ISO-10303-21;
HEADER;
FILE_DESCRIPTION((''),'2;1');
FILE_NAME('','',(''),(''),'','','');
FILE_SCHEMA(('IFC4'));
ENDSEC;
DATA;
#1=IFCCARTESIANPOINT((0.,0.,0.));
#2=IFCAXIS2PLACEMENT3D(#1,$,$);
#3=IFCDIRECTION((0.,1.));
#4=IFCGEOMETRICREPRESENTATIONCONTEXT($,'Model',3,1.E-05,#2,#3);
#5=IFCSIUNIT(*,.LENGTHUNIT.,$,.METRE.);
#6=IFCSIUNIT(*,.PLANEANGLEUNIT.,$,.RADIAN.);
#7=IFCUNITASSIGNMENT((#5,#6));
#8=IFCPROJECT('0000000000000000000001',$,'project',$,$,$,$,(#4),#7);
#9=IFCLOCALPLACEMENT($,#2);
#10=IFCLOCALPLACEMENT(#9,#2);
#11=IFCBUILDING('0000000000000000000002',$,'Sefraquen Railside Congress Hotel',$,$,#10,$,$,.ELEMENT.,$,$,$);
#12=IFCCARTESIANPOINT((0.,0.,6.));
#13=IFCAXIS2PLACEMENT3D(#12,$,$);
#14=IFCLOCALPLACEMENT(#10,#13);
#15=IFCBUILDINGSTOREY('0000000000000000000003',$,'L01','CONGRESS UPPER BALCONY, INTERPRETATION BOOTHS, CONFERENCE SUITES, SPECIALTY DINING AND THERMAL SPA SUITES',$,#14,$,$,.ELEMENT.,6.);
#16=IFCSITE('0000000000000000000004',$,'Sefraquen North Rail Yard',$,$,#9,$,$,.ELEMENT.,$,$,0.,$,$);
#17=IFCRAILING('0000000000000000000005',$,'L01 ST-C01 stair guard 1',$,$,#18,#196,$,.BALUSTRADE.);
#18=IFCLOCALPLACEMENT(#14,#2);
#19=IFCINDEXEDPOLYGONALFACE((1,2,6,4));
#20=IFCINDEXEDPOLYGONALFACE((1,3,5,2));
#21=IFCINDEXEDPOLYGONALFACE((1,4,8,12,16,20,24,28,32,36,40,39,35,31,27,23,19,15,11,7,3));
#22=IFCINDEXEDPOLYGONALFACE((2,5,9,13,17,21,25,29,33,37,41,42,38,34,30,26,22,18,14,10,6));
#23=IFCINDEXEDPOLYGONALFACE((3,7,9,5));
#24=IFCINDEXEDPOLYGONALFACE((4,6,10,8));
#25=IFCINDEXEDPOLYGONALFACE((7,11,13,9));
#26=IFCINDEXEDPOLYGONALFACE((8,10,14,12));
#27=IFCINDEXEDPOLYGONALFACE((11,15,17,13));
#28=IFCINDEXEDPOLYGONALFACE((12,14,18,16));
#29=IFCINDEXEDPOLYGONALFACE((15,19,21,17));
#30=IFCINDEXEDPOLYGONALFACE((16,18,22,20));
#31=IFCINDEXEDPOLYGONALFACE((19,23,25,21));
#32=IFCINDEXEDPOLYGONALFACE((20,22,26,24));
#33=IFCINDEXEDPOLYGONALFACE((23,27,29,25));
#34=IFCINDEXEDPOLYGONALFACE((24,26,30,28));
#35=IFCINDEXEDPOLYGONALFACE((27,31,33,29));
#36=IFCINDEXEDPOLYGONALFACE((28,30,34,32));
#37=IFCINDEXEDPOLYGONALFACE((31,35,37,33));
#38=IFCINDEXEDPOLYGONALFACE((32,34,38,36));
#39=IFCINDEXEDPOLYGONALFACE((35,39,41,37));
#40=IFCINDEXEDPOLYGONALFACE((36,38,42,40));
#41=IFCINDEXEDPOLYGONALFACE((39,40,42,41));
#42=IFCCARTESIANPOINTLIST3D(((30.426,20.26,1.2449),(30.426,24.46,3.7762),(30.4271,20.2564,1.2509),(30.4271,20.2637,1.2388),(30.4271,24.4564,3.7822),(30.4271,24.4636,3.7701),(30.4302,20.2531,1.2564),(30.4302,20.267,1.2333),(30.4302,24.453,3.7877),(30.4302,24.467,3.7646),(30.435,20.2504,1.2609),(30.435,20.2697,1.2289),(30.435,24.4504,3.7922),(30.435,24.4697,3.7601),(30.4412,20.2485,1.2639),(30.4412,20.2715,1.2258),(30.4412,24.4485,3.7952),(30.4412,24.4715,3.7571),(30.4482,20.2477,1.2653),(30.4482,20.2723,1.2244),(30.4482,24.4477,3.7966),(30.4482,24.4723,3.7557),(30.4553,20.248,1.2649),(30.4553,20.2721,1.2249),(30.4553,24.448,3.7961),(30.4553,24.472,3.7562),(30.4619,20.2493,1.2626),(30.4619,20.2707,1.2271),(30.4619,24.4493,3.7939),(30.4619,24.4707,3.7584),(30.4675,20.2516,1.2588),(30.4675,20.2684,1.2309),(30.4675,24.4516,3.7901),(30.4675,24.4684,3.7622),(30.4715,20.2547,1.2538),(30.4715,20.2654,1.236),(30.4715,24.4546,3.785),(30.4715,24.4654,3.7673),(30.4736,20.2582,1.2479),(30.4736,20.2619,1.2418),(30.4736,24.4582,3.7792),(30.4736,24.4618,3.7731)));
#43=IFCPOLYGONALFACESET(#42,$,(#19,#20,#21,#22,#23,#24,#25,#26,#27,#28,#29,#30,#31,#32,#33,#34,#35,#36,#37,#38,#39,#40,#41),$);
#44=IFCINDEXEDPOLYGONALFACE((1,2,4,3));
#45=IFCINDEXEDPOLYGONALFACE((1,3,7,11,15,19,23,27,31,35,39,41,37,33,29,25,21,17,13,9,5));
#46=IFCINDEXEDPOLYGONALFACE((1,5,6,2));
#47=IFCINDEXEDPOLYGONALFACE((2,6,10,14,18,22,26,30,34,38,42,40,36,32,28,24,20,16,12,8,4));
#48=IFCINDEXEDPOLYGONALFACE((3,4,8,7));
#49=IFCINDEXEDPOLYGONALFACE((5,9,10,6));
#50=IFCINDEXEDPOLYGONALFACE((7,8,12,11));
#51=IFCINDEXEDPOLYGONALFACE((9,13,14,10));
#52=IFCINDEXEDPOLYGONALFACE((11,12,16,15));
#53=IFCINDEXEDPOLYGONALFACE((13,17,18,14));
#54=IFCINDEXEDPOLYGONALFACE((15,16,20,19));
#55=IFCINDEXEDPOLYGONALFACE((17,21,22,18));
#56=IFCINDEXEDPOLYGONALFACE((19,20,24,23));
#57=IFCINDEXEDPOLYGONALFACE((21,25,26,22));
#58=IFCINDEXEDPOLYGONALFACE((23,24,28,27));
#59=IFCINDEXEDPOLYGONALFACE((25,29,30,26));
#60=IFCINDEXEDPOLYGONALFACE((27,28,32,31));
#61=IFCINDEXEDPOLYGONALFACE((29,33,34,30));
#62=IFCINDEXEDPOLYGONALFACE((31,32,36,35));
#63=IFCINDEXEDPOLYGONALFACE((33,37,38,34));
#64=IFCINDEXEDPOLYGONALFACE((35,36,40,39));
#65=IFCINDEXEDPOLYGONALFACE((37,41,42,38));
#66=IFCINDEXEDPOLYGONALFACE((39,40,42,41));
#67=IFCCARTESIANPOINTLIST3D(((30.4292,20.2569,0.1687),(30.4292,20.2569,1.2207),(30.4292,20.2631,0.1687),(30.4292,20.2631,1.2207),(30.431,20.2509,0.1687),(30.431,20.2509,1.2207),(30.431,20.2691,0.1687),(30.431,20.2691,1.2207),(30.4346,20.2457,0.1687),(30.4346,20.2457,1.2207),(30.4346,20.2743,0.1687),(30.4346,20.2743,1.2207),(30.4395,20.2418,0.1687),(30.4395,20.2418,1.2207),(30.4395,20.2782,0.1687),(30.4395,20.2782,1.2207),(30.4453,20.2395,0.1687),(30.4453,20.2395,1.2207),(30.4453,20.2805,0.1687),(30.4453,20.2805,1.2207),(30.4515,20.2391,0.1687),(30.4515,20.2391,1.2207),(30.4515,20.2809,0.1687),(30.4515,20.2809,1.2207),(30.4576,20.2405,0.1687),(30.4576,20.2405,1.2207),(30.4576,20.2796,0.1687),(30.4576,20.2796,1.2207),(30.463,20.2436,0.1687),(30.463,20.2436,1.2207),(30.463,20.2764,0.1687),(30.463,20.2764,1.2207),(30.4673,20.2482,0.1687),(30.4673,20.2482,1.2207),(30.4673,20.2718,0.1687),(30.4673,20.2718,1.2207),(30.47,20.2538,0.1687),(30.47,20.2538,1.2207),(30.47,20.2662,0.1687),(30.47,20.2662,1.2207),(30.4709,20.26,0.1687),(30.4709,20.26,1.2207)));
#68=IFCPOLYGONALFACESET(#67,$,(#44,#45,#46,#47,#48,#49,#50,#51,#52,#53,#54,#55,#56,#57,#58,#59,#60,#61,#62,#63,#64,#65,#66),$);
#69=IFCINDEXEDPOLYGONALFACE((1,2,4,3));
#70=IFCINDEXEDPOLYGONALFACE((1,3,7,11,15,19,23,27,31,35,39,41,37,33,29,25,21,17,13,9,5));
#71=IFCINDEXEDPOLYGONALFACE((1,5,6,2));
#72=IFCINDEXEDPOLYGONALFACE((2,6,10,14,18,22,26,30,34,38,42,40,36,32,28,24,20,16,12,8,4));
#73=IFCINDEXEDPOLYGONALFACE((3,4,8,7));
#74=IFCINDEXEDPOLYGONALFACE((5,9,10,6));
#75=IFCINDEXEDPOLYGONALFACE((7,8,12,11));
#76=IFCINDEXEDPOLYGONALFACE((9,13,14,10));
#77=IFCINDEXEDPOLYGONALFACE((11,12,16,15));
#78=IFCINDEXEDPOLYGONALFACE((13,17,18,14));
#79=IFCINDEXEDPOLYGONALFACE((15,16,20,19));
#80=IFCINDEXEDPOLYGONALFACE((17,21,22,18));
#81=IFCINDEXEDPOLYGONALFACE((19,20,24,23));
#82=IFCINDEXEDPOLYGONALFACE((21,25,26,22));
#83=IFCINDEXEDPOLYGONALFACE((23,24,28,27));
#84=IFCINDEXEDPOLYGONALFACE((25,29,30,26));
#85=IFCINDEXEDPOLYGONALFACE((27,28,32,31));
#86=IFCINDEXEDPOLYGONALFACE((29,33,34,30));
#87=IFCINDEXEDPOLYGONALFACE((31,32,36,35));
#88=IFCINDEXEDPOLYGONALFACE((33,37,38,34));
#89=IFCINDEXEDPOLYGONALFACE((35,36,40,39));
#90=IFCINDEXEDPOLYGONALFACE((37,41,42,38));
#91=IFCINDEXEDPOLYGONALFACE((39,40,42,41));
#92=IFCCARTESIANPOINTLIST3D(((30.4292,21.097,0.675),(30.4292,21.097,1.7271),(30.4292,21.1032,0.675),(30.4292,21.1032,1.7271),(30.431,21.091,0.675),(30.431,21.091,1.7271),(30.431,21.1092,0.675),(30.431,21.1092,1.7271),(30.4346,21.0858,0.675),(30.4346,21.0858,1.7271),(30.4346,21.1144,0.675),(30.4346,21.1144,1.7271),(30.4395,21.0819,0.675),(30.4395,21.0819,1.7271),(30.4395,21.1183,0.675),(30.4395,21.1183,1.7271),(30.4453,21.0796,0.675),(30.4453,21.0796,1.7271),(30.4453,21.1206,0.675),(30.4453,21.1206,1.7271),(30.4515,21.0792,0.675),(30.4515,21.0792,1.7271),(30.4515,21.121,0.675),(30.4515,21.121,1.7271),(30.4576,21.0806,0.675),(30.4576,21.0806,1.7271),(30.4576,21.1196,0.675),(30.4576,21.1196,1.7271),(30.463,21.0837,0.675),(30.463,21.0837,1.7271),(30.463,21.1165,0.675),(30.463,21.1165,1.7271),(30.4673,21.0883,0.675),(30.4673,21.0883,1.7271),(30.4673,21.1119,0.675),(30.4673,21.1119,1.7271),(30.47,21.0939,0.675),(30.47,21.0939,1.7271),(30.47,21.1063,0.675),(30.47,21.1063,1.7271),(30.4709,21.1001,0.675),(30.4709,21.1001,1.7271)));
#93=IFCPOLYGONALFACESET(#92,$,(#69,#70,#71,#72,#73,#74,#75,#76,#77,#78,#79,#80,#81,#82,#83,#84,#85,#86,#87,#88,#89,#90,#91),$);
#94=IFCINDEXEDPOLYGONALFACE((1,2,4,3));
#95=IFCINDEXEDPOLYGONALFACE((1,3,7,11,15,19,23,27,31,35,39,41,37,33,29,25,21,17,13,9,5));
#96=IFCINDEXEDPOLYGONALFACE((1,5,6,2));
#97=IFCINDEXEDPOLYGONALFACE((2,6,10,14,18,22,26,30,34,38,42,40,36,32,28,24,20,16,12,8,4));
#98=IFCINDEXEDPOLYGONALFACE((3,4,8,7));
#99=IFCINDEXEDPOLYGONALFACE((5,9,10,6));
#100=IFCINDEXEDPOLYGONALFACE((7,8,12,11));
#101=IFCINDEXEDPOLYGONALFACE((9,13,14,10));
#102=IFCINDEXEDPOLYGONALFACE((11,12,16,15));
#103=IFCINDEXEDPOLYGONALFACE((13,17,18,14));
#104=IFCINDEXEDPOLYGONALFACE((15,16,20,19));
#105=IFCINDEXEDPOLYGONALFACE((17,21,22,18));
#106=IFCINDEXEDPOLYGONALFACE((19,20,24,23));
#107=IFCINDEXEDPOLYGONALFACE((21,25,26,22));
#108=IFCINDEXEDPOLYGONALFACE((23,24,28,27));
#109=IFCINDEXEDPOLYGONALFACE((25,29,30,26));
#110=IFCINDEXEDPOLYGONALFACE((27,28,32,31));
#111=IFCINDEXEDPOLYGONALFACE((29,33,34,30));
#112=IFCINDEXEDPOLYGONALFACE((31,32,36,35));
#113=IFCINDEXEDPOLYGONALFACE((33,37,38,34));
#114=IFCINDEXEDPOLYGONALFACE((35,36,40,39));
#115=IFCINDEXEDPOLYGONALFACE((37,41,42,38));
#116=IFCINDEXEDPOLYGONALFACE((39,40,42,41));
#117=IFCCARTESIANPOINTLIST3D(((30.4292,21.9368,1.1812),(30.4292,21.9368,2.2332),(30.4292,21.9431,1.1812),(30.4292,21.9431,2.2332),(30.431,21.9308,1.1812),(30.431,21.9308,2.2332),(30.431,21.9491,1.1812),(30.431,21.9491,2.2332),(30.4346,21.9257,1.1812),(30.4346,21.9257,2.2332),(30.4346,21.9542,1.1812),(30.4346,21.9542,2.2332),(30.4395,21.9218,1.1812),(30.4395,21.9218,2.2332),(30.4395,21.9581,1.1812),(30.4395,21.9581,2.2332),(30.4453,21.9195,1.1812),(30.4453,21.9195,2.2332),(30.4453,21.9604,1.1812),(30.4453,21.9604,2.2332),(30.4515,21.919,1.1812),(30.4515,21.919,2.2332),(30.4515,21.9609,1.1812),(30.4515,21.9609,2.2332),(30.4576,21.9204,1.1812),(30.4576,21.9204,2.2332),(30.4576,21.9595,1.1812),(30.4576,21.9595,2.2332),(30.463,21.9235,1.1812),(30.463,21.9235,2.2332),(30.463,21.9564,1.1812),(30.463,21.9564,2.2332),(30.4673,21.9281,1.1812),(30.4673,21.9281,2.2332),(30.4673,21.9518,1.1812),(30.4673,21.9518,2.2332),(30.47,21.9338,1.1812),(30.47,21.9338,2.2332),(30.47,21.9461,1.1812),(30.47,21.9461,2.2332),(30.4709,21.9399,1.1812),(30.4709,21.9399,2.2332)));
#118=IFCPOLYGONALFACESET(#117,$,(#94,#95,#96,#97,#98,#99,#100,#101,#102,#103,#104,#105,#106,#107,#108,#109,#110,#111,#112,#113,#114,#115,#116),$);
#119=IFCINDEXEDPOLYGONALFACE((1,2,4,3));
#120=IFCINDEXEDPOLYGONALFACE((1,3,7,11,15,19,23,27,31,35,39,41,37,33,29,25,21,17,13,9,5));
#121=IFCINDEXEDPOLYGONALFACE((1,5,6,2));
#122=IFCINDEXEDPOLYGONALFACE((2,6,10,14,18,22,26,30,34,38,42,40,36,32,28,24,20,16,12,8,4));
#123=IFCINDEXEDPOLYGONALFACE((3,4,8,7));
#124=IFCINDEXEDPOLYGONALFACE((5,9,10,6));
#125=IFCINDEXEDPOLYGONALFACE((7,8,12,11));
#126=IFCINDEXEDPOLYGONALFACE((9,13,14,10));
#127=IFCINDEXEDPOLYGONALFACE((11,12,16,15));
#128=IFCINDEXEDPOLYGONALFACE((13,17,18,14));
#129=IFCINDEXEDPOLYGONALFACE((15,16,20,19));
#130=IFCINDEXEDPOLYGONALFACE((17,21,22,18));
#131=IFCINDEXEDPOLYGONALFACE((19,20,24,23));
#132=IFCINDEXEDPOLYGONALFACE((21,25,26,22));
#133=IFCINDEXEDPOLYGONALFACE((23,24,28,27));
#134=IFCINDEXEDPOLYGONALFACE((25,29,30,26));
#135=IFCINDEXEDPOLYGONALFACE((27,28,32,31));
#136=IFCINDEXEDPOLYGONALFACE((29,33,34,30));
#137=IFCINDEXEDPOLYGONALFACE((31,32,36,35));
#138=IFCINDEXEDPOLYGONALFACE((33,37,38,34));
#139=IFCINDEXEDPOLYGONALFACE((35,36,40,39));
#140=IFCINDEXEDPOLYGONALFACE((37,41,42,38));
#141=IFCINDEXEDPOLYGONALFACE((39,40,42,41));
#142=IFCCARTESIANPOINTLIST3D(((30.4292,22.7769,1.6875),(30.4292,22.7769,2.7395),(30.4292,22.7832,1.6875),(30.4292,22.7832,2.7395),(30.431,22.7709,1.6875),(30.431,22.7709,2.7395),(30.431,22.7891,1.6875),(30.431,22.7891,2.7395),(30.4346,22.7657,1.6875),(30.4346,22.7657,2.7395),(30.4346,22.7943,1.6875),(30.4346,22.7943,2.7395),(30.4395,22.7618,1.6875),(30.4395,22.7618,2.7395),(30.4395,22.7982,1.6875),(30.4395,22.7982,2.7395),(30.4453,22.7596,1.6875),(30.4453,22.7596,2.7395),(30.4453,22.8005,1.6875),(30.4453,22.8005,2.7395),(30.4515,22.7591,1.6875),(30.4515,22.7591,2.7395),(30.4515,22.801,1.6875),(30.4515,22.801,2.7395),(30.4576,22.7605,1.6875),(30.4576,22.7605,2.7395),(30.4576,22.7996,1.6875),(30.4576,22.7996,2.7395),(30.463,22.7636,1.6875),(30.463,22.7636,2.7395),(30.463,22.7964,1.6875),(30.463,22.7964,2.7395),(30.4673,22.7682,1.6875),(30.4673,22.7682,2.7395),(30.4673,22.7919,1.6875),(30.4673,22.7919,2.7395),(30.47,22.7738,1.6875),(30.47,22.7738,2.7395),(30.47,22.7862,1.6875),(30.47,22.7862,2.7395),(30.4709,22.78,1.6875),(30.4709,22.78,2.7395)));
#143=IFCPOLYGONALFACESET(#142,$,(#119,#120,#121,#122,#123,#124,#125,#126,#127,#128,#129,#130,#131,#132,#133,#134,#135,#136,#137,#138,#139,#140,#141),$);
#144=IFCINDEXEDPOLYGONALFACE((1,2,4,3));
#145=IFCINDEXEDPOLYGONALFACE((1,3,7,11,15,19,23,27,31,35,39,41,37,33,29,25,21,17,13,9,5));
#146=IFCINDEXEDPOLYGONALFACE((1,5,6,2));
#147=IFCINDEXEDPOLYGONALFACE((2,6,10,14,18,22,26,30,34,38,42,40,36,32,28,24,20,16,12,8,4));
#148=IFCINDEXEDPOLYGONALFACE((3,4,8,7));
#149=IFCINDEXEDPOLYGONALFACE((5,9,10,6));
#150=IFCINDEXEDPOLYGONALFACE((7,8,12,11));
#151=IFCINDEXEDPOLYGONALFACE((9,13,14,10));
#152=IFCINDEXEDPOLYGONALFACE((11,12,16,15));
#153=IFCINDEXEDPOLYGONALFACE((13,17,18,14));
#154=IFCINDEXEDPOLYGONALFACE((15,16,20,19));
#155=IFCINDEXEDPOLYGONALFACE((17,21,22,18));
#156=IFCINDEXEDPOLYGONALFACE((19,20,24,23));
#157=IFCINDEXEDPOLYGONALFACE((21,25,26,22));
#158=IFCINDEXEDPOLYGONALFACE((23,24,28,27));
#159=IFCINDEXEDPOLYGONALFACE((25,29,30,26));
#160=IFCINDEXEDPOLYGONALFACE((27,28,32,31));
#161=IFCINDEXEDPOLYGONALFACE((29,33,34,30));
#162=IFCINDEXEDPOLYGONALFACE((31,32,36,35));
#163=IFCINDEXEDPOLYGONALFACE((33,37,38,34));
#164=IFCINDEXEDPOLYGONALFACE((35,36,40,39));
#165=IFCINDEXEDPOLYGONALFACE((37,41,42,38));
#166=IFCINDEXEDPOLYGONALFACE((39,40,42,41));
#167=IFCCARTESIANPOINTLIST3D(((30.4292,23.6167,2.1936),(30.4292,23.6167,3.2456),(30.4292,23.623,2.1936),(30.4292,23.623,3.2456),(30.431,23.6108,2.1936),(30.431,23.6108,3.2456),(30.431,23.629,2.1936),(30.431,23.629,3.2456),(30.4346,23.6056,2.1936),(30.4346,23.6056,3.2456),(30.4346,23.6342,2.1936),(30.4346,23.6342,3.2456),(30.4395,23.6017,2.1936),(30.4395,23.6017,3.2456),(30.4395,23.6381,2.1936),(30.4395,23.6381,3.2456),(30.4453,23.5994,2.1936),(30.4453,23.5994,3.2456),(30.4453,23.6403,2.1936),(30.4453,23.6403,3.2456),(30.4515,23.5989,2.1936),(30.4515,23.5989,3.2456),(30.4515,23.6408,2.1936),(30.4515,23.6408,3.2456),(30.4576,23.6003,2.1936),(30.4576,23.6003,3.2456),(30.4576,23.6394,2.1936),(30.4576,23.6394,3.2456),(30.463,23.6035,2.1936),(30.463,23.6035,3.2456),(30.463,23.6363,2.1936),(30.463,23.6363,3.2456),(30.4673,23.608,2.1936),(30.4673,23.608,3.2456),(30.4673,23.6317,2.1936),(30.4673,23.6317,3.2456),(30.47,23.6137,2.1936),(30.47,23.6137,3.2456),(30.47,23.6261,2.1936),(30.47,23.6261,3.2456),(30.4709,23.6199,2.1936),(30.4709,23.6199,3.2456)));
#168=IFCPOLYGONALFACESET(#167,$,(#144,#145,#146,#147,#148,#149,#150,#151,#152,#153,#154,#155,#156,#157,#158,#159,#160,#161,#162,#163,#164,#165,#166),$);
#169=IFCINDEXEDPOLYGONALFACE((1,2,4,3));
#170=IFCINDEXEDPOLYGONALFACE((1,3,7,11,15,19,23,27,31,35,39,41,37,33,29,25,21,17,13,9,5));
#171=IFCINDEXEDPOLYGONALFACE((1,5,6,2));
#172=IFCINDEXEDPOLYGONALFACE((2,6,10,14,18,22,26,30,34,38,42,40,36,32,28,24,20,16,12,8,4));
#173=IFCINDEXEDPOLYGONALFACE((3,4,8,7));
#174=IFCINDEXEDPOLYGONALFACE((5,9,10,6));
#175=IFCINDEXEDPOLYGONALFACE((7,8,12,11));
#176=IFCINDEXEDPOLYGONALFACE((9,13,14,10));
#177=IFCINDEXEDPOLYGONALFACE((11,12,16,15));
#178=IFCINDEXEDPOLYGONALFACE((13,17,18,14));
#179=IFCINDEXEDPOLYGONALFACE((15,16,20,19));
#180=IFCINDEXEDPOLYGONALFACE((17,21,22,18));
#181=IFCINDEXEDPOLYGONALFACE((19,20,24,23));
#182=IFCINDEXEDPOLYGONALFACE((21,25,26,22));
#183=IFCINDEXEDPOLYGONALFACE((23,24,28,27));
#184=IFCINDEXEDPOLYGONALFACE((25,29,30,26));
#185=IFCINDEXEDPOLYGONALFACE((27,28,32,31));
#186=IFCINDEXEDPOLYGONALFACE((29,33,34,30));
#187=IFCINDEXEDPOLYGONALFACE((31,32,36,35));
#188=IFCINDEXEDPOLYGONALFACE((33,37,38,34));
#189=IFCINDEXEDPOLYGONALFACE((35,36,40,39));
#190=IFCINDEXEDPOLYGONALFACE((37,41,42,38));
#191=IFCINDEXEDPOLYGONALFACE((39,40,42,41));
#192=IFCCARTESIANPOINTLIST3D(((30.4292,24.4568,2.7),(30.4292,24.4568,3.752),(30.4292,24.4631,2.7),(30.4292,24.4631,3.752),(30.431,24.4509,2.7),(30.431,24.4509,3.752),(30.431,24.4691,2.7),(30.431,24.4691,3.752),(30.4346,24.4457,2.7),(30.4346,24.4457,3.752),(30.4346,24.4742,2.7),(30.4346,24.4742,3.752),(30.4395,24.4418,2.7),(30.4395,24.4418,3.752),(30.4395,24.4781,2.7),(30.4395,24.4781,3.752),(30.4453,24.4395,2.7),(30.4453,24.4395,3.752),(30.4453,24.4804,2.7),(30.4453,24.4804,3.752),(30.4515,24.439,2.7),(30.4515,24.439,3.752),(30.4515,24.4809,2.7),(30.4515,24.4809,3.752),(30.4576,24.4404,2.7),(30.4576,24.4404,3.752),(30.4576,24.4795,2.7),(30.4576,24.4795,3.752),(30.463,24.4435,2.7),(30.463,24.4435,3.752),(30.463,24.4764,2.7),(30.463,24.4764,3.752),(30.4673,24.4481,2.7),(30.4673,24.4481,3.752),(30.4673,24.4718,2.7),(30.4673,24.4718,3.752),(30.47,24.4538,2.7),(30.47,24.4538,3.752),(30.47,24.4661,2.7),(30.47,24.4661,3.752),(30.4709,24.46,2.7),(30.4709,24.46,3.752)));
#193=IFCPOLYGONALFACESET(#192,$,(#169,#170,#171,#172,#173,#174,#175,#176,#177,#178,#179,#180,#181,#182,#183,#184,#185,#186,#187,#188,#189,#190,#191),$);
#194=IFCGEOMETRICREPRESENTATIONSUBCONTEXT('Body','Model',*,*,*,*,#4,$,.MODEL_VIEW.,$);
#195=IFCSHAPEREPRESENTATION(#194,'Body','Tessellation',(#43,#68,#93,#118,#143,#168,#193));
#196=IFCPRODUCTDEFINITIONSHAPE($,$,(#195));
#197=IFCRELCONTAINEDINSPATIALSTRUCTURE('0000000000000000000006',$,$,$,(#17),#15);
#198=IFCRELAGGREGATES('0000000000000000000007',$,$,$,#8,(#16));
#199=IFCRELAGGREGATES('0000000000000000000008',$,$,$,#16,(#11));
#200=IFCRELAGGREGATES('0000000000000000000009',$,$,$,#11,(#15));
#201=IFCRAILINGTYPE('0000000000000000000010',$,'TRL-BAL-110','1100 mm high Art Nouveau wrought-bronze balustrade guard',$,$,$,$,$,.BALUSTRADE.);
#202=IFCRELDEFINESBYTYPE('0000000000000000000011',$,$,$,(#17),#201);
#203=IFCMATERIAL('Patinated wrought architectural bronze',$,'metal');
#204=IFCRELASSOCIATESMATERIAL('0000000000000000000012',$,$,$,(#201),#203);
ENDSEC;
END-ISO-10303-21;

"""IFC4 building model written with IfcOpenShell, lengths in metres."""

from ifc_helpers import new_model, si_unit, direction, frame, origin, origin_2d, place, context, subcontext, project, spatial, circle, extrude, material, type_object, element, save


model = new_model("IFC4")

# Units and contexts
model_context = context("Model", 3, precision=1e-05, world=origin(), true_north=direction((0.0, 1.0)))
body_context = subcontext(model_context, "Body", "Model", "MODEL_VIEW")
ifc_project = project(units=[si_unit("LENGTHUNIT", "METRE"), si_unit("PLANEANGLEUNIT", "RADIAN")], contexts=[model_context])

# Site, building, storey
site_placement = place(None, origin())
site = spatial("IfcSite", under=ifc_project, at=site_placement, Name="Sefraquen North Rail Yard", CompositionType="ELEMENT", RefElevation=0.0)
building_placement = place(site_placement, origin())
building = spatial("IfcBuilding", under=site, at=building_placement, Name="Sefraquen Railside Congress Hotel", CompositionType="ELEMENT")
storey_placement = place(building_placement, frame((0.0, 0.0, 6.0)))
storey = spatial("IfcBuildingStorey", under=building, at=storey_placement, Name="L01", Description="CONGRESS UPPER BALCONY, INTERPRETATION BOOTHS, CONFERENCE SUITES, SPECIALTY DINING AND THERMAL SPA SUITES", CompositionType="ELEMENT", Elevation=6.0)

# Railing
ifc_material_1 = material(Name="Patinated wrought architectural bronze", Category="metal")
railing_type_1 = type_object("IfcRailingType", Name="TRL-BAL-110", Description="1100 mm high Art Nouveau wrought-bronze balustrade guard", PredefinedType="BALUSTRADE", material=ifc_material_1)
railing_1_placement = place(storey_placement, frame((30.45, 20.26, 0.1687)))
element("IfcRailing", 1, at=railing_1_placement, inside=storey, type_object=railing_type_1, Name="L01 ST-C01 stair guard 1", PredefinedType="BALUSTRADE", context=body_context, shape_type="SweptSolid", body=[
    extrude(circle(Radius=0.0239, at=origin_2d()), frame((0.0, 0.0, 1.0762), z_axis=(0.0, 0.856476, 0.516186), x_axis=(-1.0, 0.0, 0.0)), (0.0, 0.0, 1.0), 4.9038),
    extrude(circle(Radius=0.021, at=origin_2d()), origin(), (0.0, 0.0, 1.0), 1.052),
    extrude(circle(Radius=0.021, at=origin_2d()), frame((0.0, 0.8401, 0.5063)), (0.0, 0.0, 1.0), 1.052),
    extrude(circle(Radius=0.021, at=origin_2d()), frame((0.0, 1.6799, 1.0125)), (0.0, 0.0, 1.0), 1.052),
    extrude(circle(Radius=0.021, at=origin_2d()), frame((0.0, 2.52, 1.5188)), (0.0, 0.0, 1.0), 1.052),
    extrude(circle(Radius=0.021, at=origin_2d()), frame((0.0, 3.3599, 2.0249)), (0.0, 0.0, 1.0), 1.052),
    extrude(circle(Radius=0.021, at=origin_2d()), frame((0.0, 4.2, 2.5312)), (0.0, 0.0, 1.0), 1.052),
])

save(model, "model.ifc")
